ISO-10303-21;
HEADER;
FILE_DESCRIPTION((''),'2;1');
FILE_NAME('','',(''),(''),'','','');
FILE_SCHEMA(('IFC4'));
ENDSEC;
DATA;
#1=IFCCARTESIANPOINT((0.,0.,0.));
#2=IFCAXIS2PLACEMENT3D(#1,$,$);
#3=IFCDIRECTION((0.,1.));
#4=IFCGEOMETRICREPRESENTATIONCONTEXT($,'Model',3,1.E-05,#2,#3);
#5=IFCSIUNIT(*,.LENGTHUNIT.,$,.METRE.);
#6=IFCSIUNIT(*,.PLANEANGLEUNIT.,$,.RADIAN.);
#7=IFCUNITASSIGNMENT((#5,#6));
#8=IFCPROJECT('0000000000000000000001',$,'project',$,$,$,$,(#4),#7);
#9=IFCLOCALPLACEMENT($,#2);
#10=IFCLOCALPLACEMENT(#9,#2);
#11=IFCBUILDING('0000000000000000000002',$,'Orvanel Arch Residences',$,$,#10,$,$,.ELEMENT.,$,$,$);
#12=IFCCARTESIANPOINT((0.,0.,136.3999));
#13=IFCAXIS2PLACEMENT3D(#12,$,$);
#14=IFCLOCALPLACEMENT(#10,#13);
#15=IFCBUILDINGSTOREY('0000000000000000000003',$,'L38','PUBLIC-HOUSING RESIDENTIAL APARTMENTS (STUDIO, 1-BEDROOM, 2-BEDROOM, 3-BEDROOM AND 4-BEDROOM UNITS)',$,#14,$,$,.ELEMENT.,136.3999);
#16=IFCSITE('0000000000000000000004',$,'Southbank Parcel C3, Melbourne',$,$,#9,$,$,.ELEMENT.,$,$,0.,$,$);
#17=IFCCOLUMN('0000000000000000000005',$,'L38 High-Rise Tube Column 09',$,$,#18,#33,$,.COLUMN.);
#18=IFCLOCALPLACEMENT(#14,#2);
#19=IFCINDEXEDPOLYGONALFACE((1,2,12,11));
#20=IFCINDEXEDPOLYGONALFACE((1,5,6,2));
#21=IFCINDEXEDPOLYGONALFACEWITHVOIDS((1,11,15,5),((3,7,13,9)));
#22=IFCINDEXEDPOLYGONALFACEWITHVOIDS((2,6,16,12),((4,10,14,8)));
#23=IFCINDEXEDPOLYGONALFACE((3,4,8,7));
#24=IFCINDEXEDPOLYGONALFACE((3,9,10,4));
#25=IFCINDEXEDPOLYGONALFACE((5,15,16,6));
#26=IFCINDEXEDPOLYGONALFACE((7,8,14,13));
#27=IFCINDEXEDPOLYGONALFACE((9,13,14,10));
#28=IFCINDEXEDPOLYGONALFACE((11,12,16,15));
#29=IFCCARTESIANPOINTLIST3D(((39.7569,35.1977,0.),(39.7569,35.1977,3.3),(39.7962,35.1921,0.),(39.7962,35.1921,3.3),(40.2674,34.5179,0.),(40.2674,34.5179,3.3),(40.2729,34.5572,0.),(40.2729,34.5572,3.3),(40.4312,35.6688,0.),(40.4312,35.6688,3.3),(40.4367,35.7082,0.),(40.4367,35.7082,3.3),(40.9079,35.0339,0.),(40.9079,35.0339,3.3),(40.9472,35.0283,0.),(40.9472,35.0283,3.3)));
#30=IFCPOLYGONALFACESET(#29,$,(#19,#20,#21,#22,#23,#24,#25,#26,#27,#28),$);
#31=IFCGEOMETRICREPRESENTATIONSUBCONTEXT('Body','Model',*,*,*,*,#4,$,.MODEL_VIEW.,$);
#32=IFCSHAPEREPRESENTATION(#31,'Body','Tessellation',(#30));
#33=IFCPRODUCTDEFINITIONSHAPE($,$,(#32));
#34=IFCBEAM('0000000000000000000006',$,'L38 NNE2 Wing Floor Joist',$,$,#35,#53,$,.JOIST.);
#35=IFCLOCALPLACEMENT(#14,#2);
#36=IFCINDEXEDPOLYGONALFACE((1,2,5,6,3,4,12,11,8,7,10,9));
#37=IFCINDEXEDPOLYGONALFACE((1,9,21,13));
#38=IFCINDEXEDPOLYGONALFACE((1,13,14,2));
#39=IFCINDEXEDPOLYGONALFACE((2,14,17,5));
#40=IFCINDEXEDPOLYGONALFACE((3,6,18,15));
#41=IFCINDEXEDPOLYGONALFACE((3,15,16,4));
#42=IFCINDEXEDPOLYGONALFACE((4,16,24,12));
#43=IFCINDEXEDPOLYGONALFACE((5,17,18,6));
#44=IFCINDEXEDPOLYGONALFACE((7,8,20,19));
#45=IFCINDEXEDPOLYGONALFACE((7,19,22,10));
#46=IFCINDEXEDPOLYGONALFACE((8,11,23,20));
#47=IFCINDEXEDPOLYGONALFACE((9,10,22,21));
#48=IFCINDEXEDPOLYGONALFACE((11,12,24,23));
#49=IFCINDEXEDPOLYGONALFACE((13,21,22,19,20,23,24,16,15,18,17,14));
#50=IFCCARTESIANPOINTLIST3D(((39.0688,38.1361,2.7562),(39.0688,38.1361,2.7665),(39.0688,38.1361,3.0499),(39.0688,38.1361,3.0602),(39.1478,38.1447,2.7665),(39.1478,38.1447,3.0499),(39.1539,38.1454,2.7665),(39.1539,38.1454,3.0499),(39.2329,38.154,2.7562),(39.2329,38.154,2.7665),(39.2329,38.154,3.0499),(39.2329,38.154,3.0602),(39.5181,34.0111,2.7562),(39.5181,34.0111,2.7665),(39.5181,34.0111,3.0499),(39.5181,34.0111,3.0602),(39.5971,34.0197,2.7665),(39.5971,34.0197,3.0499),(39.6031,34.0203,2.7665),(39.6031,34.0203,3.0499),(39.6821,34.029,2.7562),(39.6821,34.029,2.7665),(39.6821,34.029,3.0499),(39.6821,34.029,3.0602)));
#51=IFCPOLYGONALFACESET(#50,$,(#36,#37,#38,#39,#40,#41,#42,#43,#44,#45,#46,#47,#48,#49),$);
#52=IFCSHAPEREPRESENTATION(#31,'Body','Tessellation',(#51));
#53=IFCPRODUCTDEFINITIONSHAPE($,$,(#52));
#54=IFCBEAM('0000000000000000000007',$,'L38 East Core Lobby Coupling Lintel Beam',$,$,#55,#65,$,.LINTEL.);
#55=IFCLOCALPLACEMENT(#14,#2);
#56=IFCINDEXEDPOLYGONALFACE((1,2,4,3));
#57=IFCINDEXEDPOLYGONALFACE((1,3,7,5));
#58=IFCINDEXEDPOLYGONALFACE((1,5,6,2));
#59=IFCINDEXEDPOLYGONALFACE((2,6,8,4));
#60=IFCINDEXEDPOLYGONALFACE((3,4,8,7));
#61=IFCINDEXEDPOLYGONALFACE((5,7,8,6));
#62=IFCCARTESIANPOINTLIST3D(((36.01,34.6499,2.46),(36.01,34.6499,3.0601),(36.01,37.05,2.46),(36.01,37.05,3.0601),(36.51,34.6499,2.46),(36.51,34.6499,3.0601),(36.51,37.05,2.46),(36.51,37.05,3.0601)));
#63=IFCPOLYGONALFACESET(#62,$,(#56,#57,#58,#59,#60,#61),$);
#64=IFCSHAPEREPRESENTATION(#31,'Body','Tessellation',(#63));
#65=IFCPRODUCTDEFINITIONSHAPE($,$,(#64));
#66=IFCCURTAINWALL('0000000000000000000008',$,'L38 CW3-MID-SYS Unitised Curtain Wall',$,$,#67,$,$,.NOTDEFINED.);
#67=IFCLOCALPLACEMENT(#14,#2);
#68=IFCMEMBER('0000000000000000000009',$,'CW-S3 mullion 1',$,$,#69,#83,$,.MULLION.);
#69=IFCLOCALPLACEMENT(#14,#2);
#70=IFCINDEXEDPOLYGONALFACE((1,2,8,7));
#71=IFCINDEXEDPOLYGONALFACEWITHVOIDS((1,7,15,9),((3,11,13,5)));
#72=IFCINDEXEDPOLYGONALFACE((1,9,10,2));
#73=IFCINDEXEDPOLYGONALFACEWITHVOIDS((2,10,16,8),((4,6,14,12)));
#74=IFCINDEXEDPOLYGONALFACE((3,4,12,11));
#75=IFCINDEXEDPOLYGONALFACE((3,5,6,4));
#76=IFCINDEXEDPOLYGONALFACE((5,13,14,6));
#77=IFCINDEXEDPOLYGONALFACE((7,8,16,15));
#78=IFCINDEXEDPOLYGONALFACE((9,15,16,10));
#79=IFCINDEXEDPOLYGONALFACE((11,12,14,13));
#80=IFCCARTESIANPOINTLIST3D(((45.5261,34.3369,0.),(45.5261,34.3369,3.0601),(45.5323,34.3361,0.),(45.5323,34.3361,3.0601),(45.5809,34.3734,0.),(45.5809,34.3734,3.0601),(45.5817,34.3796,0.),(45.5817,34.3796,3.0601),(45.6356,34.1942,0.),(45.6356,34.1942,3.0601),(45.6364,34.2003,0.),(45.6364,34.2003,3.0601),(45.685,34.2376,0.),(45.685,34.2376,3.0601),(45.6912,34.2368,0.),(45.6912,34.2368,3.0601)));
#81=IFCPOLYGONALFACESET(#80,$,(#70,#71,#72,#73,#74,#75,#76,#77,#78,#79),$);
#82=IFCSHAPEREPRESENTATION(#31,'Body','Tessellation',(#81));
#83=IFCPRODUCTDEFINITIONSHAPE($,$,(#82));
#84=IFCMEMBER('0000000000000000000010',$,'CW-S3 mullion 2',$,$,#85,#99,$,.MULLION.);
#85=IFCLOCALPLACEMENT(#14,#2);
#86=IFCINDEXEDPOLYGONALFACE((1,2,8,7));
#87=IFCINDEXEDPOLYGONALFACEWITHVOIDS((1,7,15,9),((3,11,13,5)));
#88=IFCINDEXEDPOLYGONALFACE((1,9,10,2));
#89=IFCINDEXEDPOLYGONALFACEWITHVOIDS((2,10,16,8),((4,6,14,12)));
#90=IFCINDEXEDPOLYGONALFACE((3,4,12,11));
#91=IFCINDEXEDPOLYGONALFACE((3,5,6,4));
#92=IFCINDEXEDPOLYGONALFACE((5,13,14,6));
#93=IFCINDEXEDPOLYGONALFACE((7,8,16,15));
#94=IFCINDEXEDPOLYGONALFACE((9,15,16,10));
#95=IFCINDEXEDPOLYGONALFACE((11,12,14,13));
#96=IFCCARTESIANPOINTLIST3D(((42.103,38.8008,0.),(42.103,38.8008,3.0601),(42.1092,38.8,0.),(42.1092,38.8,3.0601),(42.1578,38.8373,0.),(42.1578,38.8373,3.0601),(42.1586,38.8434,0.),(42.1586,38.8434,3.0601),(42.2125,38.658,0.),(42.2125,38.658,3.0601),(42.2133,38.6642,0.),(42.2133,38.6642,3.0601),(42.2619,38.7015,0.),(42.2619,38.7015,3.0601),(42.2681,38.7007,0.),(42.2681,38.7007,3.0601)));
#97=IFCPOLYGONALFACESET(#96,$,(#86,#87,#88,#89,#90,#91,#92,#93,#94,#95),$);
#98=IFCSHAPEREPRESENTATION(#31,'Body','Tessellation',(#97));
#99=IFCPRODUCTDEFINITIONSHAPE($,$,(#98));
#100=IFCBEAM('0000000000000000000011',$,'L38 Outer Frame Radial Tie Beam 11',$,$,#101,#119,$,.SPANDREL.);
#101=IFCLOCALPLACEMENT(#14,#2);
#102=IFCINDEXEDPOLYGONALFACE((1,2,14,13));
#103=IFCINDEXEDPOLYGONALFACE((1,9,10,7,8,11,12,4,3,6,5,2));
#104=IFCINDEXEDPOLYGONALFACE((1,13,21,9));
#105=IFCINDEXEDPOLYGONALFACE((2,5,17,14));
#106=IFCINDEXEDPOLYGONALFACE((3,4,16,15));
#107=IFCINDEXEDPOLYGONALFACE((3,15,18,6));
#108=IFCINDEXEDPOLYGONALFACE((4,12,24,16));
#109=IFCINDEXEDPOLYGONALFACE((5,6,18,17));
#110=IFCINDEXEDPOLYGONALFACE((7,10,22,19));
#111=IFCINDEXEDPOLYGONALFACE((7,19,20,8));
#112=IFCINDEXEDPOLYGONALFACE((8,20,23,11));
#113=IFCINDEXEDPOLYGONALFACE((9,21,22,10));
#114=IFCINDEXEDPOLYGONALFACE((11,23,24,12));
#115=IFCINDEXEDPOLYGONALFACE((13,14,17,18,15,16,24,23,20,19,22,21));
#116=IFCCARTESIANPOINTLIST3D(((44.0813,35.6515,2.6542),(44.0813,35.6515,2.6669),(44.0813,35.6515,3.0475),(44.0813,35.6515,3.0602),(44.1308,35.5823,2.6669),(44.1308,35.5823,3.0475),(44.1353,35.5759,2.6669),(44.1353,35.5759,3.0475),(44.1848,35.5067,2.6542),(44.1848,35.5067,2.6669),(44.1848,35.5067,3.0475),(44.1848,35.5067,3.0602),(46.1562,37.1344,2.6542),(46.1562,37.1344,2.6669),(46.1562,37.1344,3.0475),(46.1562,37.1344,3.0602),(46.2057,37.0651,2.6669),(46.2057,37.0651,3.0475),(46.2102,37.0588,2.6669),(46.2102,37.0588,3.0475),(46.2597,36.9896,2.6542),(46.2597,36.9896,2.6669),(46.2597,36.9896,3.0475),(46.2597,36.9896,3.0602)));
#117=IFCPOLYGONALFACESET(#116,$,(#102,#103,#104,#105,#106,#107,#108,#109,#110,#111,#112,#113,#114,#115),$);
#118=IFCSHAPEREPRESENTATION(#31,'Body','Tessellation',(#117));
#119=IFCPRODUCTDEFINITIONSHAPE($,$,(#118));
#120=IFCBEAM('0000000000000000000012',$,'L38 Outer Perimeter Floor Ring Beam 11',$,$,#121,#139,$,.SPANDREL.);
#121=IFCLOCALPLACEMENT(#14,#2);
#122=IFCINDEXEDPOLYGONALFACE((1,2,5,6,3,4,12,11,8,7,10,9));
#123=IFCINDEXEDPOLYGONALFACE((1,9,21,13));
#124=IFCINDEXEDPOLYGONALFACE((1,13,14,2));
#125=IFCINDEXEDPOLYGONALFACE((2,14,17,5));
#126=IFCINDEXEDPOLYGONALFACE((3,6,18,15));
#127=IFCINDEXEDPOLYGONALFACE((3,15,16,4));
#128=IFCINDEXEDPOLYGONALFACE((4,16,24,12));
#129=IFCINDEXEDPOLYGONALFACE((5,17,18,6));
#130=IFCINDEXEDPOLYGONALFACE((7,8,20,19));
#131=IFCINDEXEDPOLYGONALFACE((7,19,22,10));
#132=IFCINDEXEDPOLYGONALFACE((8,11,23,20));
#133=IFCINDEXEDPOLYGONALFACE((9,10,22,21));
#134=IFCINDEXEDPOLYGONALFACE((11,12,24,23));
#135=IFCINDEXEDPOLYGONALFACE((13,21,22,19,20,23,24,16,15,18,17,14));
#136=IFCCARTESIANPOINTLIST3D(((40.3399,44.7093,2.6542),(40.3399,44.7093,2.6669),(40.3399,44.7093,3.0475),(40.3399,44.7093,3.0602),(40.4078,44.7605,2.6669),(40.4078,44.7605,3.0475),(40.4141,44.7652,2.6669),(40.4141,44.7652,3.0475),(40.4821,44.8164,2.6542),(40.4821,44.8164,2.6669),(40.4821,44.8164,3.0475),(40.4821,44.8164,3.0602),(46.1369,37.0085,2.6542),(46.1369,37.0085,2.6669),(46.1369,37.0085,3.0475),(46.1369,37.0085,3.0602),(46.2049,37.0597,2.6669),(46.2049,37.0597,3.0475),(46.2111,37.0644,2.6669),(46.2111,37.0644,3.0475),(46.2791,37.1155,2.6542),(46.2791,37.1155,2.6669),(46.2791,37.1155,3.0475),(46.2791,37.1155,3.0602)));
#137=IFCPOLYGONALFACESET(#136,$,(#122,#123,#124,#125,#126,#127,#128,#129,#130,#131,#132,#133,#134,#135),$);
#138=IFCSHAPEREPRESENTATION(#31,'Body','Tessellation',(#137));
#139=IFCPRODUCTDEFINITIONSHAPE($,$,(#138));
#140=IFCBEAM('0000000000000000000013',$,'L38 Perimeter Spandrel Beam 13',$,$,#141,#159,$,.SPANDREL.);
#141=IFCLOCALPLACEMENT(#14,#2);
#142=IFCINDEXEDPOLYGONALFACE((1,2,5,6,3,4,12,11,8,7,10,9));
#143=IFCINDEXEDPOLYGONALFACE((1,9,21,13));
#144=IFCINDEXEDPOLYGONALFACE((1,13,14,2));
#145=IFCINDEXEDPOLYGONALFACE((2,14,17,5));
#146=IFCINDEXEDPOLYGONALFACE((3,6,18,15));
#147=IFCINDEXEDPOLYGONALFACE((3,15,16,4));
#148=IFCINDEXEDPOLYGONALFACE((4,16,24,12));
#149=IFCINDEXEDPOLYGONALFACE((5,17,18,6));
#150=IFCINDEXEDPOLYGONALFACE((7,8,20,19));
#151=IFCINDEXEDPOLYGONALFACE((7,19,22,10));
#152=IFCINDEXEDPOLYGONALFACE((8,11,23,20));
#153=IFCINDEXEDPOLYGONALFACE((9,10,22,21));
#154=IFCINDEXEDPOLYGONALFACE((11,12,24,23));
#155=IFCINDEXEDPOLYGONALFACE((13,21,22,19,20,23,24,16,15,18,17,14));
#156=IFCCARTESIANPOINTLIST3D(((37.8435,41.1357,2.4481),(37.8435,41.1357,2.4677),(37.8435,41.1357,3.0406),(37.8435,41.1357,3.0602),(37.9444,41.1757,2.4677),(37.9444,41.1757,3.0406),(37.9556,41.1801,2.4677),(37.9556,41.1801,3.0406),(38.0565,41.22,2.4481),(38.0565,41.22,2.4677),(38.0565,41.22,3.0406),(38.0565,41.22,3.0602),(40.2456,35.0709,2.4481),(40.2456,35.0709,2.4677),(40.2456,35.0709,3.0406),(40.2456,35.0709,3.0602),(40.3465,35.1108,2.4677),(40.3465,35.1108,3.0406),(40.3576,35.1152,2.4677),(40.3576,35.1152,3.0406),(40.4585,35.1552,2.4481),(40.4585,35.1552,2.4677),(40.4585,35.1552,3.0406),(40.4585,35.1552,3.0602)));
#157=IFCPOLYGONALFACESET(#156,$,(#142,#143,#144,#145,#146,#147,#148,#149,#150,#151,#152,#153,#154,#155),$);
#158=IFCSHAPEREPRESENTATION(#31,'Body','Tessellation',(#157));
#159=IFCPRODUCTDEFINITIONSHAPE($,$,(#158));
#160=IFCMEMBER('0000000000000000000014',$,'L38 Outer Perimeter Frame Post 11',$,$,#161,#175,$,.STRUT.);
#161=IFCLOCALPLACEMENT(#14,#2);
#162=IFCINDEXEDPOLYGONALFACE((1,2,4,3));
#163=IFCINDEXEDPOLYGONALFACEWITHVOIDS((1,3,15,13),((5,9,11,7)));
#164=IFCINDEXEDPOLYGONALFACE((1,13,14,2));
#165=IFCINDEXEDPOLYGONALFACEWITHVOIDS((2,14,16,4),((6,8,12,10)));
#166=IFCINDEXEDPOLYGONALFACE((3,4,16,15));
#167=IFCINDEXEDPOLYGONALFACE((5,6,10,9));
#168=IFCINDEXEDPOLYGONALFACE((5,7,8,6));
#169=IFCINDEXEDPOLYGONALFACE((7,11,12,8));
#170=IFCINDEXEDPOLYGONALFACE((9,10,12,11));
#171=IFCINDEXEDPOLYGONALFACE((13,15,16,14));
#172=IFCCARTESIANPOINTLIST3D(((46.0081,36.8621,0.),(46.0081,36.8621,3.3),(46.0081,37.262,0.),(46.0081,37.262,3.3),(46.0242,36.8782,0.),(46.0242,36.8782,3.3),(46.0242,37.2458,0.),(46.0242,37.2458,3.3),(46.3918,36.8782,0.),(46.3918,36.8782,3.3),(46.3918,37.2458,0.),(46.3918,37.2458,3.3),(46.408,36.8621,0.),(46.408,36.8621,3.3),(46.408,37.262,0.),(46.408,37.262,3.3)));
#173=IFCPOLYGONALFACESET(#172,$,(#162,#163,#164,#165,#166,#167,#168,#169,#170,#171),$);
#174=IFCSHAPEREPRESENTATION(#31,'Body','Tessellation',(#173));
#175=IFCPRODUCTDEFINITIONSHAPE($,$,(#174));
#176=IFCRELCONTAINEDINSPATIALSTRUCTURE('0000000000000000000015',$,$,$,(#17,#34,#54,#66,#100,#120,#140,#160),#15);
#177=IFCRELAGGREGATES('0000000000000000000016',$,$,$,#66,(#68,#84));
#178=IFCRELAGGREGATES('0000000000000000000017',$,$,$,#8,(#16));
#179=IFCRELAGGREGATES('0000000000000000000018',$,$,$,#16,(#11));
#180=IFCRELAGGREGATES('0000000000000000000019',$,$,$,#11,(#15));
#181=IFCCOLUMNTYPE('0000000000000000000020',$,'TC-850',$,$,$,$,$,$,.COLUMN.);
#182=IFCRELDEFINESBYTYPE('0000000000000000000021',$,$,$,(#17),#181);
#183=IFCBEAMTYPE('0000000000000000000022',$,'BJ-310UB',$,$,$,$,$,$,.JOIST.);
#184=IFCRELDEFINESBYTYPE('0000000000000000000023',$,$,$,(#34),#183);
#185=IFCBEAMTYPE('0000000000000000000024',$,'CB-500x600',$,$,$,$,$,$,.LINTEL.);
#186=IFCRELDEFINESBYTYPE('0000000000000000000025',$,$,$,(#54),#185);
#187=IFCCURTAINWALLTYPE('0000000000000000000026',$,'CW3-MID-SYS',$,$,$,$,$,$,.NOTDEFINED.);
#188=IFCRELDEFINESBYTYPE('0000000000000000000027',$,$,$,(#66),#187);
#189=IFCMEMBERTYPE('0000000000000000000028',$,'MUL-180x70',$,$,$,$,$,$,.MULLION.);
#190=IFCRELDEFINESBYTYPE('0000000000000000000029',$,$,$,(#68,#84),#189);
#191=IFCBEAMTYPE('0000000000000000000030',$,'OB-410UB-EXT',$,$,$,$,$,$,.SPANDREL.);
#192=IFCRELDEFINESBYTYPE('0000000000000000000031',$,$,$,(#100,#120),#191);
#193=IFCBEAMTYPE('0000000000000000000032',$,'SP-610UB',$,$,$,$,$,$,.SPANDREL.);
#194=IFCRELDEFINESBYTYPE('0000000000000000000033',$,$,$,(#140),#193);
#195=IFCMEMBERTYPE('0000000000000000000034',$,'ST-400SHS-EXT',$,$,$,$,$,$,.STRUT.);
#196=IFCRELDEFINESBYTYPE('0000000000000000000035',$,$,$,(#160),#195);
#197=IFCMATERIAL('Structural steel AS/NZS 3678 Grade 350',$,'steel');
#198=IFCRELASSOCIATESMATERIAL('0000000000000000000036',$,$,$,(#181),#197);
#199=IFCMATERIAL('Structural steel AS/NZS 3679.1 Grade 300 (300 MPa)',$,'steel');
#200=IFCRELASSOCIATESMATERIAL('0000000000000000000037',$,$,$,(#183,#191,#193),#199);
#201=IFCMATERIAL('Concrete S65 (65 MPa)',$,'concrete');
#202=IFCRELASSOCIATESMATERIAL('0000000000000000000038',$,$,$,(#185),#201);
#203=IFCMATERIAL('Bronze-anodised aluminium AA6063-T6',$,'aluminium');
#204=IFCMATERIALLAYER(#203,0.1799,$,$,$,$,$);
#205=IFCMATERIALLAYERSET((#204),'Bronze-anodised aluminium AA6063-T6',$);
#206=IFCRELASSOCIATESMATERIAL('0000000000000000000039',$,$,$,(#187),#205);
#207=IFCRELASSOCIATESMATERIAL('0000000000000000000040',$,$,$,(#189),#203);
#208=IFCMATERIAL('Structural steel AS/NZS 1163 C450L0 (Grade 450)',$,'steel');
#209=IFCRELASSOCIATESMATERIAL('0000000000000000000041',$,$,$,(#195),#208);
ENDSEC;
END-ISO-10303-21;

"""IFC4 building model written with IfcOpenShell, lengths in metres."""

from ifc_helpers import new_model, si_unit, direction, frame, origin, origin_2d, place, context, subcontext, project, spatial, rectangle, hollow_rectangle, i_section, extrude, material, layer, layer_set, material_profile, profile_set, type_object, element, aggregate, save


model = new_model("IFC4")

# Units and contexts
model_context = context("Model", 3, precision=1e-05, world=origin(), true_north=direction((0.0, 1.0)))
body_context = subcontext(model_context, "Body", "Model", "MODEL_VIEW")
ifc_project = project(units=[si_unit("LENGTHUNIT", "METRE"), si_unit("PLANEANGLEUNIT", "RADIAN")], contexts=[model_context])

# Site, building, storey
site_placement = place(None, origin())
site = spatial("IfcSite", under=ifc_project, at=site_placement, Name="Southbank Parcel C3, Melbourne", CompositionType="ELEMENT", RefElevation=0.0)
building_placement = place(site_placement, origin())
building = spatial("IfcBuilding", under=site, at=building_placement, Name="Orvanel Arch Residences", CompositionType="ELEMENT")
storey_placement = place(building_placement, frame((0.0, 0.0, 136.3999)))
storey = spatial("IfcBuildingStorey", under=building, at=storey_placement, Name="L38", Description="PUBLIC-HOUSING RESIDENTIAL APARTMENTS (STUDIO, 1-BEDROOM, 2-BEDROOM, 3-BEDROOM AND 4-BEDROOM UNITS)", CompositionType="ELEMENT", Elevation=136.3999)

# Column
ifc_material_1 = material(Name="Structural steel AS/NZS 3678 Grade 350", Category="steel")
ifc_material_profile_1 = material_profile(ifc_material_1, hollow_rectangle(XDim=0.8501, YDim=0.8501, WallThickness=0.0281, at=origin_2d()), Name="BOX850x850x28")
ifc_profile_set_1 = profile_set([ifc_material_profile_1], Name="Structural steel AS/NZS 3678 Grade 350")
column_type = type_object("IfcColumnType", Name="TC-850", PredefinedType="COLUMN", material=ifc_profile_set_1)
column_placement = place(storey_placement, frame((40.3521, 35.113, 0.0), z_axis=(0.0, 0.0, 1.0), x_axis=(-0.60042, 0.799685, 0.0)))
element("IfcColumn", 1, at=column_placement, inside=storey, type_object=column_type, Name="L38 High-Rise Tube Column 09", PredefinedType="COLUMN", context=body_context, shape_type="SweptSolid", body=[
    extrude(hollow_rectangle(XDim=0.8501, YDim=0.8501, WallThickness=0.0281, at=origin_2d()), origin(), (0.0, 0.0, 1.0), 3.3),
])

# Beams
ifc_material_2 = material(Name="Structural steel AS/NZS 3679.1 Grade 300 (300 MPa)", Category="steel")
ifc_material_profile_2 = material_profile(ifc_material_2, i_section(OverallWidth=0.165, OverallDepth=0.304, WebThickness=0.0061, FlangeThickness=0.0103, at=origin_2d()), Name="310UB40.4")
ifc_profile_set_2 = profile_set([ifc_material_profile_2], Name="Structural steel AS/NZS 3679.1 Grade 300 (300 MPa)")
beam_type_1 = type_object("IfcBeamType", Name="BJ-310UB", PredefinedType="JOIST", material=ifc_profile_set_2)
beam_1_placement = place(storey_placement, frame((39.6001, 34.02, 2.9082), z_axis=(-0.108261, 0.994122, 0.0), x_axis=(-0.994122, -0.108261, 0.0)))
element("IfcBeam", 2, at=beam_1_placement, inside=storey, type_object=beam_type_1, Name="L38 NNE2 Wing Floor Joist", PredefinedType="JOIST", context=body_context, shape_type="SweptSolid", body=[
    extrude(i_section(OverallWidth=0.165, OverallDepth=0.304, WebThickness=0.0061, FlangeThickness=0.0103, at=origin_2d()), origin(), (0.0, 0.0, 1.0), 4.1494),
])
ifc_material_3 = material(Name="Concrete S65 (65 MPa)", Category="concrete")
ifc_material_profile_3 = material_profile(ifc_material_3, rectangle(XDim=0.5, YDim=0.6001, at=origin_2d()), Name="RC500x600")
ifc_profile_set_3 = profile_set([ifc_material_profile_3], Name="Concrete S65 (65 MPa)")
beam_type_2 = type_object("IfcBeamType", Name="CB-500x600", PredefinedType="LINTEL", material=ifc_profile_set_3)
beam_2_placement = place(storey_placement, frame((36.26, 34.6499, 2.76), z_axis=(0.0, 1.0, 0.0), x_axis=(-1.0, 0.0, 0.0)))
element("IfcBeam", 3, at=beam_2_placement, inside=storey, type_object=beam_type_2, Name="L38 East Core Lobby Coupling Lintel Beam", PredefinedType="LINTEL", context=body_context, shape_type="SweptSolid", body=[
    extrude(rectangle(XDim=0.5, YDim=0.6001, at=origin_2d()), origin(), (0.0, 0.0, 1.0), 2.4001),
])

# Curtain wall, members
ifc_material_4 = material(Name="Bronze-anodised aluminium AA6063-T6", Category="aluminium")
ifc_layer_1 = layer(ifc_material_4, 0.1799)
ifc_layer_set_1 = layer_set([ifc_layer_1], Name="Bronze-anodised aluminium AA6063-T6")
curtain_wall_type = type_object("IfcCurtainWallType", Name="CW3-MID-SYS", PredefinedType="NOTDEFINED", material=ifc_layer_set_1)
curtain_wall_placement = place(storey_placement, origin())
curtain_wall = element("IfcCurtainWall", 4, at=curtain_wall_placement, inside=storey, type_object=curtain_wall_type, Name="L38 CW3-MID-SYS Unitised Curtain Wall", PredefinedType="NOTDEFINED")
ifc_material_profile_4 = material_profile(ifc_material_4, hollow_rectangle(XDim=0.0701, YDim=0.1799, WallThickness=0.0044, at=origin_2d()), Name="ALU180x70x4.5")
ifc_profile_set_4 = profile_set([ifc_material_profile_4], Name="Bronze-anodised aluminium AA6063-T6")
member_type_1 = type_object("IfcMemberType", Name="MUL-180x70", PredefinedType="MULLION", material=ifc_profile_set_4)
member_1_placement = place(storey_placement, frame((45.6086, 34.2869, 0.0), z_axis=(0.0, 0.0, 1.0), x_axis=(-0.793545, -0.608512, 0.0)))
member_1 = element("IfcMember", 5, at=member_1_placement, type_object=member_type_1, Name="CW-S3 mullion 1", PredefinedType="MULLION", context=body_context, shape_type="SweptSolid", body=[
    extrude(hollow_rectangle(XDim=0.0701, YDim=0.1799, WallThickness=0.0044, at=origin_2d()), origin(), (0.0, 0.0, 1.0), 3.0601),
])
member_2_placement = place(storey_placement, frame((42.1855, 38.7507, 0.0), z_axis=(0.0, 0.0, 1.0), x_axis=(-0.793545, -0.608512, 0.0)))
member_2 = element("IfcMember", 6, at=member_2_placement, type_object=member_type_1, Name="CW-S3 mullion 2", PredefinedType="MULLION", context=body_context, shape_type="SweptSolid", body=[
    extrude(hollow_rectangle(XDim=0.0701, YDim=0.1799, WallThickness=0.0044, at=origin_2d()), origin(), (0.0, 0.0, 1.0), 3.0601),
])

# Beams
ifc_material_profile_5 = material_profile(ifc_material_2, i_section(OverallWidth=0.178, OverallDepth=0.406, WebThickness=0.0078, FlangeThickness=0.0127, at=origin_2d()), Name="410UB59.7")
ifc_profile_set_5 = profile_set([ifc_material_profile_5], Name="Structural steel AS/NZS 3679.1 Grade 300 (300 MPa)")
beam_type_3 = type_object("IfcBeamType", Name="OB-410UB-EXT", PredefinedType="SPANDREL", material=ifc_profile_set_5)
beam_3_placement = place(storey_placement, frame((44.1331, 35.5791, 2.8572), z_axis=(0.813585, 0.581446, 0.0), x_axis=(-0.581446, 0.813585, 0.0)))
element("IfcBeam", 7, at=beam_3_placement, inside=storey, type_object=beam_type_3, Name="L38 Outer Frame Radial Tie Beam 11", PredefinedType="SPANDREL", context=body_context, shape_type="SweptSolid", body=[
    extrude(i_section(OverallWidth=0.178, OverallDepth=0.406, WebThickness=0.0078, FlangeThickness=0.0127, at=origin_2d()), origin(), (0.0, 0.0, 1.0), 2.5503),
])
beam_4_placement = place(storey_placement, frame((46.208, 37.062, 2.8572), z_axis=(-0.601421, 0.798932, 0.0), x_axis=(-0.798932, -0.601421, 0.0)))
element("IfcBeam", 8, at=beam_4_placement, inside=storey, type_object=beam_type_3, Name="L38 Outer Perimeter Floor Ring Beam 11", PredefinedType="SPANDREL", context=body_context, shape_type="SweptSolid", body=[
    extrude(i_section(OverallWidth=0.178, OverallDepth=0.406, WebThickness=0.0078, FlangeThickness=0.0127, at=origin_2d()), origin(), (0.0, 0.0, 1.0), 9.6389),
])
ifc_material_profile_6 = material_profile(ifc_material_2, i_section(OverallWidth=0.229, OverallDepth=0.6121, WebThickness=0.012, FlangeThickness=0.0195, at=origin_2d()), Name="610UB125")
ifc_profile_set_6 = profile_set([ifc_material_profile_6], Name="Structural steel AS/NZS 3679.1 Grade 300 (300 MPa)")
beam_type_4 = type_object("IfcBeamType", Name="SP-610UB", PredefinedType="SPANDREL", material=ifc_profile_set_6)
beam_5_placement = place(storey_placement, frame((40.3521, 35.113, 2.7542), z_axis=(-0.368233, 0.929733, 0.0), x_axis=(-0.929733, -0.368233, 0.0)))
element("IfcBeam", 9, at=beam_5_placement, inside=storey, type_object=beam_type_4, Name="L38 Perimeter Spandrel Beam 13", PredefinedType="SPANDREL", context=body_context, shape_type="SweptSolid", body=[
    extrude(i_section(OverallWidth=0.229, OverallDepth=0.6121, WebThickness=0.012, FlangeThickness=0.0195, at=origin_2d()), origin(), (0.0, 0.0, 1.0), 6.5232),
])

# Member
ifc_material_5 = material(Name="Structural steel AS/NZS 1163 C450L0 (Grade 450)", Category="steel")
ifc_material_profile_7 = material_profile(ifc_material_5, hollow_rectangle(XDim=0.3999, YDim=0.3999, WallThickness=0.0161, at=origin_2d()), Name="SHS400x400x16")
ifc_profile_set_7 = profile_set([ifc_material_profile_7], Name="Structural steel AS/NZS 1163 C450L0 (Grade 450)")
member_type_2 = type_object("IfcMemberType", Name="ST-400SHS-EXT", PredefinedType="STRUT", material=ifc_profile_set_7)
member_3_placement = place(storey_placement, frame((46.208, 37.062, 0.0), z_axis=(0.0, 0.0, 1.0), x_axis=(1.0, 0.0, 0.0)))
element("IfcMember", 10, at=member_3_placement, inside=storey, type_object=member_type_2, Name="L38 Outer Perimeter Frame Post 11", PredefinedType="STRUT", context=body_context, shape_type="SweptSolid", body=[
    extrude(hollow_rectangle(XDim=0.3999, YDim=0.3999, WallThickness=0.0161, at=origin_2d()), origin(), (0.0, 0.0, 1.0), 3.3),
])

aggregate(curtain_wall, [member_1, member_2])

save(model, "model.ifc")
